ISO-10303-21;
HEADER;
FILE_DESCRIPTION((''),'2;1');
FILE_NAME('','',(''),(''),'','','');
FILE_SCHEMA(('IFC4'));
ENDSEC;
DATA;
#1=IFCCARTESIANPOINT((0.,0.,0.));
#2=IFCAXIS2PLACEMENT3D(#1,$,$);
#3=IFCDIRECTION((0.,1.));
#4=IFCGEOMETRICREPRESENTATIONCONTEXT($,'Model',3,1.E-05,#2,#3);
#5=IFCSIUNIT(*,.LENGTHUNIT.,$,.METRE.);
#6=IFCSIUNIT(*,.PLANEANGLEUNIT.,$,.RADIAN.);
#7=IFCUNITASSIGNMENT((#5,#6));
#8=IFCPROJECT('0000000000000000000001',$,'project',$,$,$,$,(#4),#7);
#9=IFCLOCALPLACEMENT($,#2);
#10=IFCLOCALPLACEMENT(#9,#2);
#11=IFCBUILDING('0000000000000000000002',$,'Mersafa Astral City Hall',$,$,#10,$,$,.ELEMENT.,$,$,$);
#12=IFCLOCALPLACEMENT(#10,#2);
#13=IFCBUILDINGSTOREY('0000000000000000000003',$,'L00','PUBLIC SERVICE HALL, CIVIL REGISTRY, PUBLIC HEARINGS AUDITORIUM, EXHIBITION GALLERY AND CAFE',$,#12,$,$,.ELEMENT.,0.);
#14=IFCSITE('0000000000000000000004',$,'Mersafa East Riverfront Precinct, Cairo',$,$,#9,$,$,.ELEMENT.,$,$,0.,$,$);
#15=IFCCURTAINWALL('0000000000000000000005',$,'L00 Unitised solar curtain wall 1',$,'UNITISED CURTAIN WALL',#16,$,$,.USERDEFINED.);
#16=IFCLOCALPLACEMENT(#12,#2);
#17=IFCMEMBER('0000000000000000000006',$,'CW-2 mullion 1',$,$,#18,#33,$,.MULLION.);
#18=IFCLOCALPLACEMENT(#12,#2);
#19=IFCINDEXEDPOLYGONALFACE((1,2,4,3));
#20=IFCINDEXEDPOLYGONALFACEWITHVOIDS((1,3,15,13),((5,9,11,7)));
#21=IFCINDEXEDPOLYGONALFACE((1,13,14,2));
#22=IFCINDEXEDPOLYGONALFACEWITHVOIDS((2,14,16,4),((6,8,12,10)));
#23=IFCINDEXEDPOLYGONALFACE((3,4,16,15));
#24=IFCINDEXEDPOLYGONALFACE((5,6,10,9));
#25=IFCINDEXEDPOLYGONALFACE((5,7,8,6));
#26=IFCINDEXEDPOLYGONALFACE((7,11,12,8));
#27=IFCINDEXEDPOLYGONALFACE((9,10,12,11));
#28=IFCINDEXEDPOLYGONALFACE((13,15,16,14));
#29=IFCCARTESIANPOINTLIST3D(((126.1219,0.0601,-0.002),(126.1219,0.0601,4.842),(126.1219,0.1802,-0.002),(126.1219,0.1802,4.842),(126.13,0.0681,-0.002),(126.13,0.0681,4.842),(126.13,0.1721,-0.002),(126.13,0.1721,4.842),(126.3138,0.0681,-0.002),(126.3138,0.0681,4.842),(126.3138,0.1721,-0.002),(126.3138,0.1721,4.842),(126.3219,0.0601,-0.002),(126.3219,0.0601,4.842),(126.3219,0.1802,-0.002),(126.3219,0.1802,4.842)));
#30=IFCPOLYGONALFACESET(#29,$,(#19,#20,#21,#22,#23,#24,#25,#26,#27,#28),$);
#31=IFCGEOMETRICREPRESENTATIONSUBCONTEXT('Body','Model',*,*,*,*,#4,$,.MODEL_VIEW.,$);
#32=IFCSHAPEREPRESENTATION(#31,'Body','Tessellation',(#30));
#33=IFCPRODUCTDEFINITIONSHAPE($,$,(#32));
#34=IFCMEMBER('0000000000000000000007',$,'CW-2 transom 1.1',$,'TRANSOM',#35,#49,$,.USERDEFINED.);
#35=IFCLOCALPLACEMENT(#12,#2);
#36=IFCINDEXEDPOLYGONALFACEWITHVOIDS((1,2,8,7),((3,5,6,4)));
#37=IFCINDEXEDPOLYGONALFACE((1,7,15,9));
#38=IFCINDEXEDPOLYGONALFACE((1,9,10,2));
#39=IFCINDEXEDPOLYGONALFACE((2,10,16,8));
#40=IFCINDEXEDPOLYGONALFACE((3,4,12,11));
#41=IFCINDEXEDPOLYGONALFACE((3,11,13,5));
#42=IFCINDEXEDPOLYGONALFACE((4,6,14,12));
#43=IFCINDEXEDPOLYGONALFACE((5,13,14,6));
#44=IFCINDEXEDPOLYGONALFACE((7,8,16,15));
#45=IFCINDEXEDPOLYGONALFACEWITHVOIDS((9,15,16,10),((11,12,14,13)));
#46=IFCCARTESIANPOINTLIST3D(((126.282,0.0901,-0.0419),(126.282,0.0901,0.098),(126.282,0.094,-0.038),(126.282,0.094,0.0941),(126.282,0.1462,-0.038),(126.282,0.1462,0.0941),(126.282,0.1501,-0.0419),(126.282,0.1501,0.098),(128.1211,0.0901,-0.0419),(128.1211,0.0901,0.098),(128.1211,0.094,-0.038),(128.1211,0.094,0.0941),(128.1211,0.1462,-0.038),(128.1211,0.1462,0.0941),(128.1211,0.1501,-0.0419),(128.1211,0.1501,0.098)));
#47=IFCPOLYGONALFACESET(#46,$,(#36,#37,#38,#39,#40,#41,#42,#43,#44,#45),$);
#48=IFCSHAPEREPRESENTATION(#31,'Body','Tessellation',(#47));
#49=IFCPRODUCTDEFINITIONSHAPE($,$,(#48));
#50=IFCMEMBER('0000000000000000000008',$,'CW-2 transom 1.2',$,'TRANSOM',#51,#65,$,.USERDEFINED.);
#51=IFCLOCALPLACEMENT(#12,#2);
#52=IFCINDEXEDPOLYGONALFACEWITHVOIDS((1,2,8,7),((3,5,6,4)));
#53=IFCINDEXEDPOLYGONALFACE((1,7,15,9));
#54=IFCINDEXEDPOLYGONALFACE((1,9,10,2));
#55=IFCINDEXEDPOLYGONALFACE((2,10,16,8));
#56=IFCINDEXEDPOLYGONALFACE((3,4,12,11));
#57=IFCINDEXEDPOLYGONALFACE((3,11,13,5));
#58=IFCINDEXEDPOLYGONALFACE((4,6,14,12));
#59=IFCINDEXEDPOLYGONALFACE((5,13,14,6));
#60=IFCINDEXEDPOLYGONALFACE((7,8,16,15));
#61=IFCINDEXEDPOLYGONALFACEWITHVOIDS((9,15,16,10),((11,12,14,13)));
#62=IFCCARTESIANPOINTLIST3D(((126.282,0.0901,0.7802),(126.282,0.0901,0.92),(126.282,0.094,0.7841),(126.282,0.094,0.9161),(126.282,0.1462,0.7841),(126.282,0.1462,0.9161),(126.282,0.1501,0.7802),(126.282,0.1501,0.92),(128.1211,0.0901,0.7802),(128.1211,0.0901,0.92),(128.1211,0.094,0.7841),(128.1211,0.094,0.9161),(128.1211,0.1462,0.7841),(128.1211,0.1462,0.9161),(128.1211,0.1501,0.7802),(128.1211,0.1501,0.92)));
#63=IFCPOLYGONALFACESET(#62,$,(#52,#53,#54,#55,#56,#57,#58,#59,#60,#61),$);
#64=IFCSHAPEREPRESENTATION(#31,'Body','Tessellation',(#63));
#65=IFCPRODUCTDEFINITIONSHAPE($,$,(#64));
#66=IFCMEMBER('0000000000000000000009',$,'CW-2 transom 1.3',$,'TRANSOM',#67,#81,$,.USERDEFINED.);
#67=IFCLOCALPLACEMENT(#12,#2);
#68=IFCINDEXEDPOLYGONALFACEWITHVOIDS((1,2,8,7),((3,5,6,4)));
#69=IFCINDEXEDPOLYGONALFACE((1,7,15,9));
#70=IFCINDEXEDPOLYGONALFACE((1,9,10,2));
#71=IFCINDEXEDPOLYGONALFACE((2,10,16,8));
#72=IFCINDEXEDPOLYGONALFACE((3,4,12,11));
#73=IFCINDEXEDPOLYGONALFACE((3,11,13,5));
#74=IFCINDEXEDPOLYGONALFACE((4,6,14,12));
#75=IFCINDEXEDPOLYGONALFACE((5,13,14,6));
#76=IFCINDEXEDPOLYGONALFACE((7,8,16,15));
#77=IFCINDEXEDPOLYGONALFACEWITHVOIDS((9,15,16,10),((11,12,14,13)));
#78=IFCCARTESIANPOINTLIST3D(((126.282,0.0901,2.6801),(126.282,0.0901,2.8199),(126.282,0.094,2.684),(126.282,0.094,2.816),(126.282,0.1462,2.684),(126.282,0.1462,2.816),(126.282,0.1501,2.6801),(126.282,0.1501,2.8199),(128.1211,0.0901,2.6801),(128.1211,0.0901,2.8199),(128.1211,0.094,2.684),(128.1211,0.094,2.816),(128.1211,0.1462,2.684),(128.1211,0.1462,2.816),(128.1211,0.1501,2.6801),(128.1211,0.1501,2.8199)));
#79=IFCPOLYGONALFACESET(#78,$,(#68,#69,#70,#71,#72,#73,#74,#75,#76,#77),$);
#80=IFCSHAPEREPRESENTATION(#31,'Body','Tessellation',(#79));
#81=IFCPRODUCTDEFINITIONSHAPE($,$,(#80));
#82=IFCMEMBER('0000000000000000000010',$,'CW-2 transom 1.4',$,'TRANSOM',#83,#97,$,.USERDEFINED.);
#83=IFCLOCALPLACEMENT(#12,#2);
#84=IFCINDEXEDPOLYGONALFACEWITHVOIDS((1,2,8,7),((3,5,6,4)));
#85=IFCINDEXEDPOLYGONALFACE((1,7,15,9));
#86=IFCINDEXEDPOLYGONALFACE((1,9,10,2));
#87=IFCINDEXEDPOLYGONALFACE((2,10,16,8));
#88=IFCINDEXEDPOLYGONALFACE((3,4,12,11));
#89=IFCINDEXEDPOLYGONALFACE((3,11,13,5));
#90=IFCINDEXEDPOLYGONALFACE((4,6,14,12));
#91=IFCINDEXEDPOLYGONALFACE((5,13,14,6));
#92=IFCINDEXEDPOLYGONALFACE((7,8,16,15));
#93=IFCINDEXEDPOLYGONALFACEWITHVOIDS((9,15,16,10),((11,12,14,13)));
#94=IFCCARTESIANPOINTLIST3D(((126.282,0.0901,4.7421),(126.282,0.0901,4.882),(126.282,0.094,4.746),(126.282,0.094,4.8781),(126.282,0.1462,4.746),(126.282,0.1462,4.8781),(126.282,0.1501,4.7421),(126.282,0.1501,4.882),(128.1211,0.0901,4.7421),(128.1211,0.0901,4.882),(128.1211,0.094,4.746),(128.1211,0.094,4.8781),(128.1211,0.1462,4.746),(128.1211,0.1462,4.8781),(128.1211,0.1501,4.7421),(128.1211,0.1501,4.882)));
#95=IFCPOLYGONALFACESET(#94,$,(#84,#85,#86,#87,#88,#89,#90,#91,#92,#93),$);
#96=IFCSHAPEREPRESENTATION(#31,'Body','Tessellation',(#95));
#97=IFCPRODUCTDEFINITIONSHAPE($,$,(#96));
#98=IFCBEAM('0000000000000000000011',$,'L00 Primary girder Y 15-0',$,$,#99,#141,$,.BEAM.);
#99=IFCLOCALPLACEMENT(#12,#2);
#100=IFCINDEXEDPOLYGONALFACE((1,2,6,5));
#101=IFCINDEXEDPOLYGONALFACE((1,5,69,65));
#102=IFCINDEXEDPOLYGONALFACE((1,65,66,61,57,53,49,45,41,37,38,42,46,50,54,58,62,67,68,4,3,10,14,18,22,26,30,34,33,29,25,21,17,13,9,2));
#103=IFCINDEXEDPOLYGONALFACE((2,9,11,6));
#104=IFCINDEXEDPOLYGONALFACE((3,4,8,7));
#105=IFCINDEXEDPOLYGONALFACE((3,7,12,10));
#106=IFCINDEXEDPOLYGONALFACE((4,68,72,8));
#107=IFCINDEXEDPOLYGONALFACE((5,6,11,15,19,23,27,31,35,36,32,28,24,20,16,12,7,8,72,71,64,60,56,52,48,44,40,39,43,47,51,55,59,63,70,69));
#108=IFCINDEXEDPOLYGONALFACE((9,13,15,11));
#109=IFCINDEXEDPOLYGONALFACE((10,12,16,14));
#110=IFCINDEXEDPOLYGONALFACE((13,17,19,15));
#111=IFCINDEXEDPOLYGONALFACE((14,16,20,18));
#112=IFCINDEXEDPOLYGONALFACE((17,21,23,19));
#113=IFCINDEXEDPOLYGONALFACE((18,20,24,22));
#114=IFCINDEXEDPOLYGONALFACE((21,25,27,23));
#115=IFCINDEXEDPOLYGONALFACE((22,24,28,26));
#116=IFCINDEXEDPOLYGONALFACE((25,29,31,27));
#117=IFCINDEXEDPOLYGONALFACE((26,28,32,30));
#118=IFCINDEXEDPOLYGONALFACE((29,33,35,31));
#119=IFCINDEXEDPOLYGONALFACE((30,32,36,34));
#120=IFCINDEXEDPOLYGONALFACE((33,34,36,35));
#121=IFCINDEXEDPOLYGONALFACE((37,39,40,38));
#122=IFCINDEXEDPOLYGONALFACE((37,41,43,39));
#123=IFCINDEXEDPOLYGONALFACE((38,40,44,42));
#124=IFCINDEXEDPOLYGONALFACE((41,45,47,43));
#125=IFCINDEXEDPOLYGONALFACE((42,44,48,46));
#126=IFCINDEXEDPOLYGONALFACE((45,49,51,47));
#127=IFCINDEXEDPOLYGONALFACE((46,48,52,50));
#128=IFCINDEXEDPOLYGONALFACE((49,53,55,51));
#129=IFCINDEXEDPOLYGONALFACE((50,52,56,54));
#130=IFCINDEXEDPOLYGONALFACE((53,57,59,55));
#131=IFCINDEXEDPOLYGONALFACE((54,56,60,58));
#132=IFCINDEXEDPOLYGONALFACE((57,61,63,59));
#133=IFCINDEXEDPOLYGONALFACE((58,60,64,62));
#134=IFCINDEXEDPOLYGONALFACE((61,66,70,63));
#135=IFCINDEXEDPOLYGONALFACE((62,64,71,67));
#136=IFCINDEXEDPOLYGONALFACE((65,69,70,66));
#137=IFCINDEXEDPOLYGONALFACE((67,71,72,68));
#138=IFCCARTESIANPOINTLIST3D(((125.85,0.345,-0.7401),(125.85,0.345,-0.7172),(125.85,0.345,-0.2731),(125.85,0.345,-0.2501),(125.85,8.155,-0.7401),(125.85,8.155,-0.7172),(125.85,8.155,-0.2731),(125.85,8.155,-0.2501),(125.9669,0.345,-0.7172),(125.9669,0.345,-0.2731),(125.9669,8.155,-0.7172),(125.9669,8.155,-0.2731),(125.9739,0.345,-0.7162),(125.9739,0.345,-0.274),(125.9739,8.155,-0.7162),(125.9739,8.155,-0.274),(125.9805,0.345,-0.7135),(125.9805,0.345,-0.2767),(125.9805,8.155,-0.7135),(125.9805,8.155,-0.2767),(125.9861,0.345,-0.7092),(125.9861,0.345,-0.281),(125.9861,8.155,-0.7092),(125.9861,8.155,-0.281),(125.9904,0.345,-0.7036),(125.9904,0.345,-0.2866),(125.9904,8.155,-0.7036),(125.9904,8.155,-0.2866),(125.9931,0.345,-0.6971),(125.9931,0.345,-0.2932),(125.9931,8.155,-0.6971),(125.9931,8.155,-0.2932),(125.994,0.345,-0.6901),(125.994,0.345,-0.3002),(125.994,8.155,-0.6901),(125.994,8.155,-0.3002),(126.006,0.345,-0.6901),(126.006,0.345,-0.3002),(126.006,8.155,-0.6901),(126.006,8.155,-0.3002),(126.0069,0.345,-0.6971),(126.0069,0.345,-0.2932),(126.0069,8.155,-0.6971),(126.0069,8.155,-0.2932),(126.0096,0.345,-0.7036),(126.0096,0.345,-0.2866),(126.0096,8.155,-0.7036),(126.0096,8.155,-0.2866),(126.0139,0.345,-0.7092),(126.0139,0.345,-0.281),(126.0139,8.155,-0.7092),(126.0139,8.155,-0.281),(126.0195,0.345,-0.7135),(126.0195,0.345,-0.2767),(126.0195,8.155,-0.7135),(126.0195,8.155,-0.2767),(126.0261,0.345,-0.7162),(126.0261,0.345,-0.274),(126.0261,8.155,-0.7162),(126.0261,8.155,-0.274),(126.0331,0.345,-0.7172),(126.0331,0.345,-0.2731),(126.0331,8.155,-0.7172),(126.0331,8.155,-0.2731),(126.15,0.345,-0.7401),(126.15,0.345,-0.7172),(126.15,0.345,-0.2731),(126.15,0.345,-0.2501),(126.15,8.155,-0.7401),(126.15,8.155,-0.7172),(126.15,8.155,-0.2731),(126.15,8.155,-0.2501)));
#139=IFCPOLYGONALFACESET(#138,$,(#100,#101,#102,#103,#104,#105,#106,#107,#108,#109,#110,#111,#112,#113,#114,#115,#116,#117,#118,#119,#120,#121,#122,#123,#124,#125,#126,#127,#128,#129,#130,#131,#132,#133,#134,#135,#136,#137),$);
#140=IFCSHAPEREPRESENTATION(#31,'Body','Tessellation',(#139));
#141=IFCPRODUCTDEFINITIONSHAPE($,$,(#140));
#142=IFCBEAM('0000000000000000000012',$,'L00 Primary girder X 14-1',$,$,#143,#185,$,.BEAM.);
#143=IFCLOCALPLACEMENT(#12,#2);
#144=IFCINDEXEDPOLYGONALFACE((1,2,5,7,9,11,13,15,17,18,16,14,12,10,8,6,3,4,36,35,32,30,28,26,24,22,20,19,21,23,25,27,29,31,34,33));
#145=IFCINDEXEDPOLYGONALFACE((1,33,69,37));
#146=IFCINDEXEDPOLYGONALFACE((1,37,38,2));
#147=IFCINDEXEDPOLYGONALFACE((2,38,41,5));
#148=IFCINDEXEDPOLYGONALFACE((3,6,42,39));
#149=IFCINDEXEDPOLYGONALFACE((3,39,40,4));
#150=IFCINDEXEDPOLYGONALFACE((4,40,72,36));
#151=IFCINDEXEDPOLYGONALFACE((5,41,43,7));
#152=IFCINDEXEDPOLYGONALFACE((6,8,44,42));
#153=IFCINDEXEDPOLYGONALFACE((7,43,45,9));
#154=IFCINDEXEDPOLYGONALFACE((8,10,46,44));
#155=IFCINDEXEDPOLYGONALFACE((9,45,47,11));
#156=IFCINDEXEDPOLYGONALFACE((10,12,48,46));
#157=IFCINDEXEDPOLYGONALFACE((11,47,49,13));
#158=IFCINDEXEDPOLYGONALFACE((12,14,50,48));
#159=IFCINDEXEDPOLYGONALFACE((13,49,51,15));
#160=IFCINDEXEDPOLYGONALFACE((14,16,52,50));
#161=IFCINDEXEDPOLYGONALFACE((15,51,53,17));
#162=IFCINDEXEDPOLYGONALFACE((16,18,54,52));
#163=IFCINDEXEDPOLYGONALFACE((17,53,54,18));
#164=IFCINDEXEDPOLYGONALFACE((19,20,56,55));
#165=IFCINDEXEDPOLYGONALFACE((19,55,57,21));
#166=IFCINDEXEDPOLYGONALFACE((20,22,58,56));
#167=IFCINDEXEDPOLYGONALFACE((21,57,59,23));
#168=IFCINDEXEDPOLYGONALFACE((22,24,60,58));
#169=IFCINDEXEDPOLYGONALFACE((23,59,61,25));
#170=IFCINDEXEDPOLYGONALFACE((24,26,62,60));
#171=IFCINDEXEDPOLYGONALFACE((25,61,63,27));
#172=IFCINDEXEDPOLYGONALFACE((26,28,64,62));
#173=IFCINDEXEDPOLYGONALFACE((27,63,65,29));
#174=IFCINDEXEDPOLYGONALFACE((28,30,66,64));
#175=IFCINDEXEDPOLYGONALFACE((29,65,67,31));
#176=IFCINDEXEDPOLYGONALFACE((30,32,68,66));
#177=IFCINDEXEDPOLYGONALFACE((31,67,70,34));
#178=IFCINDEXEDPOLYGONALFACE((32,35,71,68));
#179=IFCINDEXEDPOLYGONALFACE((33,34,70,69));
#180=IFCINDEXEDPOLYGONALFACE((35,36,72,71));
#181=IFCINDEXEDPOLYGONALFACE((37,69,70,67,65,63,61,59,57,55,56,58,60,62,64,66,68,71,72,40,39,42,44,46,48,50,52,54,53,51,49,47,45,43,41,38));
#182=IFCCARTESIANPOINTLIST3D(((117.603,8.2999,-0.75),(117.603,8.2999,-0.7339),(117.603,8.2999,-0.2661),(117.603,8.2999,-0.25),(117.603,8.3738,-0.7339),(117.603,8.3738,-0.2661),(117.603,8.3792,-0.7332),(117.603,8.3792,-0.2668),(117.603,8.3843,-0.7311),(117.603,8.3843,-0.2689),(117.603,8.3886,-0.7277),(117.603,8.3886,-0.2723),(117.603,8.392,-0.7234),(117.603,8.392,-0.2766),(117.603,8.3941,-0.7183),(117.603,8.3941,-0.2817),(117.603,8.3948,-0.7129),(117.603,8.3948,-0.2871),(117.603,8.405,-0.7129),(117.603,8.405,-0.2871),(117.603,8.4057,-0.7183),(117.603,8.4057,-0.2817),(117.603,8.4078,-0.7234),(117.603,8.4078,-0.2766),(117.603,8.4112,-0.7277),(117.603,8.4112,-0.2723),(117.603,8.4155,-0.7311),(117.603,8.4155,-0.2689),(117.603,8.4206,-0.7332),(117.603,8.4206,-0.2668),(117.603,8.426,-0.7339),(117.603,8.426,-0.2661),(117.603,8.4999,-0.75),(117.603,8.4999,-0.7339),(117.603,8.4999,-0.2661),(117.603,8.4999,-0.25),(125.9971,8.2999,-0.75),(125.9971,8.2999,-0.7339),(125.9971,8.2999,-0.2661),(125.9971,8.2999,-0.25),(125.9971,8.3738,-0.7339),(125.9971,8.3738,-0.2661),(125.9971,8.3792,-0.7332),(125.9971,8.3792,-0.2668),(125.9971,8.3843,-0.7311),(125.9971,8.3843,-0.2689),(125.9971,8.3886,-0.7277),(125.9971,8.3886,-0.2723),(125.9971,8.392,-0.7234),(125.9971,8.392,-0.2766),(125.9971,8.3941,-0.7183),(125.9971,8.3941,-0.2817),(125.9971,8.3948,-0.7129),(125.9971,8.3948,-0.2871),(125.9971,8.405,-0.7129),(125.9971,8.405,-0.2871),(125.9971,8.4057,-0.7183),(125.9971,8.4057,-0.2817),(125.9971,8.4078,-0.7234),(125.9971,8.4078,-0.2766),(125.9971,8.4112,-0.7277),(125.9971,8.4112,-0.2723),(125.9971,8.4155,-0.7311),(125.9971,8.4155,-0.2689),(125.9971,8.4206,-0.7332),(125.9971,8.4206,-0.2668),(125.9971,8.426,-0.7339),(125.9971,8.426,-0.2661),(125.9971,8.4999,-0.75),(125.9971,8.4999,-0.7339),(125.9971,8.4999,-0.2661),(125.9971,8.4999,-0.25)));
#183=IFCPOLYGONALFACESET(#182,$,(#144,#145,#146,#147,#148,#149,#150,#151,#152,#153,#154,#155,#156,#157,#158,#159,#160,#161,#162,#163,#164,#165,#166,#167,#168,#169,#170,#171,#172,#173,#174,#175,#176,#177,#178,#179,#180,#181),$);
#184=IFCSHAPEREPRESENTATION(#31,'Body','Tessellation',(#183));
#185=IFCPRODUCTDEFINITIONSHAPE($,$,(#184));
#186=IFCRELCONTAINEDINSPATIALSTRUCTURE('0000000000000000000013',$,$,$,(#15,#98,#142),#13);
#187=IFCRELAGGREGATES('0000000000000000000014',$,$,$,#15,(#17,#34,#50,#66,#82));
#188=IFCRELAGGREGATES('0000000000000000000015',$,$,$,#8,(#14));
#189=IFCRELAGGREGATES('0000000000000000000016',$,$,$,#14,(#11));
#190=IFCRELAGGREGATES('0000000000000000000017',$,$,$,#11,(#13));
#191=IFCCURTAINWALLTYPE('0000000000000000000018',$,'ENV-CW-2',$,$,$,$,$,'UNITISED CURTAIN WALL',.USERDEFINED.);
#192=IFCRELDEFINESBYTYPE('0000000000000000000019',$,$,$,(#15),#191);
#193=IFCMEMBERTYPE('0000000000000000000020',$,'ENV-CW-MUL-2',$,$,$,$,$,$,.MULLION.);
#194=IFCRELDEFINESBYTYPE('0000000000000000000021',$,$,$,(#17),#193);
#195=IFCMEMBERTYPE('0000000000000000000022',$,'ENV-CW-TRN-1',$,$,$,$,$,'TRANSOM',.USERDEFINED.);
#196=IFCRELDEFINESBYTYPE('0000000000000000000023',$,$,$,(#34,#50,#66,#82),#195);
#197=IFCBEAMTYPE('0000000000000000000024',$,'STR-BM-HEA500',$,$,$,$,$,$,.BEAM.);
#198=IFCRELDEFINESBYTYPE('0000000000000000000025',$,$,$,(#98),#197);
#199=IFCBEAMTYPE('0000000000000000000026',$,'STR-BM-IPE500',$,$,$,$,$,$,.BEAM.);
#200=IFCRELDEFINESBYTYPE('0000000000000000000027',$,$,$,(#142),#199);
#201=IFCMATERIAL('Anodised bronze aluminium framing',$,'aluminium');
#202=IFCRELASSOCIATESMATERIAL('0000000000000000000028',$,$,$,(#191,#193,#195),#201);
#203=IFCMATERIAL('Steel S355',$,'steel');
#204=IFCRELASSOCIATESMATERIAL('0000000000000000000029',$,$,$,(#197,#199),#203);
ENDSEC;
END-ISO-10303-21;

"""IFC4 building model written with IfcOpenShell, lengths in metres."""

from ifc_helpers import new_model, si_unit, direction, frame, origin, origin_2d, place, context, subcontext, project, spatial, hollow_rectangle, i_section, extrude, material, material_profile, profile_set, type_object, element, aggregate, save


model = new_model("IFC4")

# Units and contexts
model_context = context("Model", 3, precision=1e-05, world=origin(), true_north=direction((0.0, 1.0)))
body_context = subcontext(model_context, "Body", "Model", "MODEL_VIEW")
ifc_project = project(units=[si_unit("LENGTHUNIT", "METRE"), si_unit("PLANEANGLEUNIT", "RADIAN")], contexts=[model_context])

# Site, building, storey
site_placement = place(None, origin())
site = spatial("IfcSite", under=ifc_project, at=site_placement, Name="Mersafa East Riverfront Precinct, Cairo", CompositionType="ELEMENT", RefElevation=0.0)
building_placement = place(site_placement, origin())
building = spatial("IfcBuilding", under=site, at=building_placement, Name="Mersafa Astral City Hall", CompositionType="ELEMENT")
storey_placement = place(building_placement, origin())
storey = spatial("IfcBuildingStorey", under=building, at=storey_placement, Name="L00", Description="PUBLIC SERVICE HALL, CIVIL REGISTRY, PUBLIC HEARINGS AUDITORIUM, EXHIBITION GALLERY AND CAFE", CompositionType="ELEMENT", Elevation=0.0)

# Shared definitions
ifc_material_1 = material(Name="Steel S355", Category="steel")

# Curtain wall, members
ifc_material_2 = material(Name="Anodised bronze aluminium framing", Category="aluminium")
curtain_wall_type = type_object("IfcCurtainWallType", Name="ENV-CW-2", ElementType="UNITISED CURTAIN WALL", PredefinedType="USERDEFINED", material=ifc_material_2)
curtain_wall_placement = place(storey_placement, origin())
curtain_wall = element("IfcCurtainWall", 1, at=curtain_wall_placement, inside=storey, type_object=curtain_wall_type, Name="L00 Unitised solar curtain wall 1", ObjectType="UNITISED CURTAIN WALL", PredefinedType="USERDEFINED")
ifc_material_profile_1 = material_profile(ifc_material_2, hollow_rectangle(XDim=0.1201, YDim=0.2, WallThickness=0.0081, at=origin_2d()), Name="RHS 120x200x8")
ifc_profile_set_1 = profile_set([ifc_material_profile_1], Name="Anodised bronze aluminium framing")
member_type_1 = type_object("IfcMemberType", Name="ENV-CW-MUL-2", PredefinedType="MULLION", material=ifc_profile_set_1)
member_1_placement = place(storey_placement, frame((126.2219, 0.1201, -0.002), z_axis=(0.0, 0.0, 1.0), x_axis=(0.0, 1.0, 0.0)))
member_1 = element("IfcMember", 2, at=member_1_placement, type_object=member_type_1, Name="CW-2 mullion 1", PredefinedType="MULLION", context=body_context, shape_type="SweptSolid", body=[
    extrude(hollow_rectangle(XDim=0.1201, YDim=0.2, WallThickness=0.0081, at=origin_2d()), origin(), (0.0, 0.0, 1.0), 4.844),
])
ifc_material_profile_2 = material_profile(ifc_material_2, hollow_rectangle(XDim=0.0601, YDim=0.1399, WallThickness=0.0039, at=origin_2d()), Name="RHS 60x140x4")
ifc_profile_set_2 = profile_set([ifc_material_profile_2], Name="Anodised bronze aluminium framing")
member_type_2 = type_object("IfcMemberType", Name="ENV-CW-TRN-1", ElementType="TRANSOM", PredefinedType="USERDEFINED", material=ifc_profile_set_2)
member_2_placement = place(storey_placement, frame((126.282, 0.1201, 0.0281), z_axis=(1.0, 0.0, 0.0), x_axis=(0.0, 1.0, 0.0)))
member_2 = element("IfcMember", 3, at=member_2_placement, type_object=member_type_2, Name="CW-2 transom 1.1", ObjectType="TRANSOM", PredefinedType="USERDEFINED", context=body_context, shape_type="SweptSolid", body=[
    extrude(hollow_rectangle(XDim=0.0601, YDim=0.1399, WallThickness=0.0039, at=origin_2d()), origin(), (0.0, 0.0, 1.0), 1.8391),
])
member_3_placement = place(storey_placement, frame((126.282, 0.1201, 0.8501), z_axis=(1.0, 0.0, 0.0), x_axis=(0.0, 1.0, 0.0)))
member_3 = element("IfcMember", 4, at=member_3_placement, type_object=member_type_2, Name="CW-2 transom 1.2", ObjectType="TRANSOM", PredefinedType="USERDEFINED", context=body_context, shape_type="SweptSolid", body=[
    extrude(hollow_rectangle(XDim=0.0601, YDim=0.1399, WallThickness=0.0039, at=origin_2d()), origin(), (0.0, 0.0, 1.0), 1.8391),
])
member_4_placement = place(storey_placement, frame((126.282, 0.1201, 2.75), z_axis=(1.0, 0.0, 0.0), x_axis=(0.0, 1.0, 0.0)))
member_4 = element("IfcMember", 5, at=member_4_placement, type_object=member_type_2, Name="CW-2 transom 1.3", ObjectType="TRANSOM", PredefinedType="USERDEFINED", context=body_context, shape_type="SweptSolid", body=[
    extrude(hollow_rectangle(XDim=0.0601, YDim=0.1399, WallThickness=0.0039, at=origin_2d()), origin(), (0.0, 0.0, 1.0), 1.8391),
])
member_5_placement = place(storey_placement, frame((126.282, 0.1201, 4.812), z_axis=(1.0, 0.0, 0.0), x_axis=(0.0, 1.0, 0.0)))
member_5 = element("IfcMember", 6, at=member_5_placement, type_object=member_type_2, Name="CW-2 transom 1.4", ObjectType="TRANSOM", PredefinedType="USERDEFINED", context=body_context, shape_type="SweptSolid", body=[
    extrude(hollow_rectangle(XDim=0.0601, YDim=0.1399, WallThickness=0.0039, at=origin_2d()), origin(), (0.0, 0.0, 1.0), 1.8391),
])

# Beams
ifc_material_profile_3 = material_profile(ifc_material_1, i_section(OverallWidth=0.3, OverallDepth=0.49, WebThickness=0.012, FlangeThickness=0.0229, FilletRadius=0.0271, at=origin_2d()), Name="HEA 500")
ifc_profile_set_3 = profile_set([ifc_material_profile_3], Name="Steel S355")
beam_type_1 = type_object("IfcBeamType", Name="STR-BM-HEA500", PredefinedType="BEAM", material=ifc_profile_set_3)
beam_1_placement = place(storey_placement, frame((126.0, 0.345, -0.4951), z_axis=(0.0, 1.0, 0.0), x_axis=(-1.0, 0.0, 0.0)))
element("IfcBeam", 7, at=beam_1_placement, inside=storey, type_object=beam_type_1, Name="L00 Primary girder Y 15-0", PredefinedType="BEAM", context=body_context, shape_type="SweptSolid", body=[
    extrude(i_section(OverallWidth=0.3, OverallDepth=0.49, WebThickness=0.012, FlangeThickness=0.0229, FilletRadius=0.0271, at=origin_2d()), origin(), (0.0, 0.0, 1.0), 7.8101),
])
ifc_material_profile_4 = material_profile(ifc_material_1, i_section(OverallWidth=0.2, OverallDepth=0.5, WebThickness=0.0103, FlangeThickness=0.0161, FilletRadius=0.021, at=origin_2d()), Name="IPE 500")
ifc_profile_set_4 = profile_set([ifc_material_profile_4], Name="Steel S355")
beam_type_2 = type_object("IfcBeamType", Name="STR-BM-IPE500", PredefinedType="BEAM", material=ifc_profile_set_4)
beam_2_placement = place(storey_placement, frame((117.603, 8.3999, -0.5), z_axis=(1.0, 0.0, 0.0), x_axis=(0.0, 1.0, 0.0)))
element("IfcBeam", 8, at=beam_2_placement, inside=storey, type_object=beam_type_2, Name="L00 Primary girder X 14-1", PredefinedType="BEAM", context=body_context, shape_type="SweptSolid", body=[
    extrude(i_section(OverallWidth=0.2, OverallDepth=0.5, WebThickness=0.0103, FlangeThickness=0.0161, FilletRadius=0.021, at=origin_2d()), origin(), (0.0, 0.0, 1.0), 8.394),
])

aggregate(curtain_wall, [member_1, member_2, member_3, member_4, member_5])

save(model, "model.ifc")
